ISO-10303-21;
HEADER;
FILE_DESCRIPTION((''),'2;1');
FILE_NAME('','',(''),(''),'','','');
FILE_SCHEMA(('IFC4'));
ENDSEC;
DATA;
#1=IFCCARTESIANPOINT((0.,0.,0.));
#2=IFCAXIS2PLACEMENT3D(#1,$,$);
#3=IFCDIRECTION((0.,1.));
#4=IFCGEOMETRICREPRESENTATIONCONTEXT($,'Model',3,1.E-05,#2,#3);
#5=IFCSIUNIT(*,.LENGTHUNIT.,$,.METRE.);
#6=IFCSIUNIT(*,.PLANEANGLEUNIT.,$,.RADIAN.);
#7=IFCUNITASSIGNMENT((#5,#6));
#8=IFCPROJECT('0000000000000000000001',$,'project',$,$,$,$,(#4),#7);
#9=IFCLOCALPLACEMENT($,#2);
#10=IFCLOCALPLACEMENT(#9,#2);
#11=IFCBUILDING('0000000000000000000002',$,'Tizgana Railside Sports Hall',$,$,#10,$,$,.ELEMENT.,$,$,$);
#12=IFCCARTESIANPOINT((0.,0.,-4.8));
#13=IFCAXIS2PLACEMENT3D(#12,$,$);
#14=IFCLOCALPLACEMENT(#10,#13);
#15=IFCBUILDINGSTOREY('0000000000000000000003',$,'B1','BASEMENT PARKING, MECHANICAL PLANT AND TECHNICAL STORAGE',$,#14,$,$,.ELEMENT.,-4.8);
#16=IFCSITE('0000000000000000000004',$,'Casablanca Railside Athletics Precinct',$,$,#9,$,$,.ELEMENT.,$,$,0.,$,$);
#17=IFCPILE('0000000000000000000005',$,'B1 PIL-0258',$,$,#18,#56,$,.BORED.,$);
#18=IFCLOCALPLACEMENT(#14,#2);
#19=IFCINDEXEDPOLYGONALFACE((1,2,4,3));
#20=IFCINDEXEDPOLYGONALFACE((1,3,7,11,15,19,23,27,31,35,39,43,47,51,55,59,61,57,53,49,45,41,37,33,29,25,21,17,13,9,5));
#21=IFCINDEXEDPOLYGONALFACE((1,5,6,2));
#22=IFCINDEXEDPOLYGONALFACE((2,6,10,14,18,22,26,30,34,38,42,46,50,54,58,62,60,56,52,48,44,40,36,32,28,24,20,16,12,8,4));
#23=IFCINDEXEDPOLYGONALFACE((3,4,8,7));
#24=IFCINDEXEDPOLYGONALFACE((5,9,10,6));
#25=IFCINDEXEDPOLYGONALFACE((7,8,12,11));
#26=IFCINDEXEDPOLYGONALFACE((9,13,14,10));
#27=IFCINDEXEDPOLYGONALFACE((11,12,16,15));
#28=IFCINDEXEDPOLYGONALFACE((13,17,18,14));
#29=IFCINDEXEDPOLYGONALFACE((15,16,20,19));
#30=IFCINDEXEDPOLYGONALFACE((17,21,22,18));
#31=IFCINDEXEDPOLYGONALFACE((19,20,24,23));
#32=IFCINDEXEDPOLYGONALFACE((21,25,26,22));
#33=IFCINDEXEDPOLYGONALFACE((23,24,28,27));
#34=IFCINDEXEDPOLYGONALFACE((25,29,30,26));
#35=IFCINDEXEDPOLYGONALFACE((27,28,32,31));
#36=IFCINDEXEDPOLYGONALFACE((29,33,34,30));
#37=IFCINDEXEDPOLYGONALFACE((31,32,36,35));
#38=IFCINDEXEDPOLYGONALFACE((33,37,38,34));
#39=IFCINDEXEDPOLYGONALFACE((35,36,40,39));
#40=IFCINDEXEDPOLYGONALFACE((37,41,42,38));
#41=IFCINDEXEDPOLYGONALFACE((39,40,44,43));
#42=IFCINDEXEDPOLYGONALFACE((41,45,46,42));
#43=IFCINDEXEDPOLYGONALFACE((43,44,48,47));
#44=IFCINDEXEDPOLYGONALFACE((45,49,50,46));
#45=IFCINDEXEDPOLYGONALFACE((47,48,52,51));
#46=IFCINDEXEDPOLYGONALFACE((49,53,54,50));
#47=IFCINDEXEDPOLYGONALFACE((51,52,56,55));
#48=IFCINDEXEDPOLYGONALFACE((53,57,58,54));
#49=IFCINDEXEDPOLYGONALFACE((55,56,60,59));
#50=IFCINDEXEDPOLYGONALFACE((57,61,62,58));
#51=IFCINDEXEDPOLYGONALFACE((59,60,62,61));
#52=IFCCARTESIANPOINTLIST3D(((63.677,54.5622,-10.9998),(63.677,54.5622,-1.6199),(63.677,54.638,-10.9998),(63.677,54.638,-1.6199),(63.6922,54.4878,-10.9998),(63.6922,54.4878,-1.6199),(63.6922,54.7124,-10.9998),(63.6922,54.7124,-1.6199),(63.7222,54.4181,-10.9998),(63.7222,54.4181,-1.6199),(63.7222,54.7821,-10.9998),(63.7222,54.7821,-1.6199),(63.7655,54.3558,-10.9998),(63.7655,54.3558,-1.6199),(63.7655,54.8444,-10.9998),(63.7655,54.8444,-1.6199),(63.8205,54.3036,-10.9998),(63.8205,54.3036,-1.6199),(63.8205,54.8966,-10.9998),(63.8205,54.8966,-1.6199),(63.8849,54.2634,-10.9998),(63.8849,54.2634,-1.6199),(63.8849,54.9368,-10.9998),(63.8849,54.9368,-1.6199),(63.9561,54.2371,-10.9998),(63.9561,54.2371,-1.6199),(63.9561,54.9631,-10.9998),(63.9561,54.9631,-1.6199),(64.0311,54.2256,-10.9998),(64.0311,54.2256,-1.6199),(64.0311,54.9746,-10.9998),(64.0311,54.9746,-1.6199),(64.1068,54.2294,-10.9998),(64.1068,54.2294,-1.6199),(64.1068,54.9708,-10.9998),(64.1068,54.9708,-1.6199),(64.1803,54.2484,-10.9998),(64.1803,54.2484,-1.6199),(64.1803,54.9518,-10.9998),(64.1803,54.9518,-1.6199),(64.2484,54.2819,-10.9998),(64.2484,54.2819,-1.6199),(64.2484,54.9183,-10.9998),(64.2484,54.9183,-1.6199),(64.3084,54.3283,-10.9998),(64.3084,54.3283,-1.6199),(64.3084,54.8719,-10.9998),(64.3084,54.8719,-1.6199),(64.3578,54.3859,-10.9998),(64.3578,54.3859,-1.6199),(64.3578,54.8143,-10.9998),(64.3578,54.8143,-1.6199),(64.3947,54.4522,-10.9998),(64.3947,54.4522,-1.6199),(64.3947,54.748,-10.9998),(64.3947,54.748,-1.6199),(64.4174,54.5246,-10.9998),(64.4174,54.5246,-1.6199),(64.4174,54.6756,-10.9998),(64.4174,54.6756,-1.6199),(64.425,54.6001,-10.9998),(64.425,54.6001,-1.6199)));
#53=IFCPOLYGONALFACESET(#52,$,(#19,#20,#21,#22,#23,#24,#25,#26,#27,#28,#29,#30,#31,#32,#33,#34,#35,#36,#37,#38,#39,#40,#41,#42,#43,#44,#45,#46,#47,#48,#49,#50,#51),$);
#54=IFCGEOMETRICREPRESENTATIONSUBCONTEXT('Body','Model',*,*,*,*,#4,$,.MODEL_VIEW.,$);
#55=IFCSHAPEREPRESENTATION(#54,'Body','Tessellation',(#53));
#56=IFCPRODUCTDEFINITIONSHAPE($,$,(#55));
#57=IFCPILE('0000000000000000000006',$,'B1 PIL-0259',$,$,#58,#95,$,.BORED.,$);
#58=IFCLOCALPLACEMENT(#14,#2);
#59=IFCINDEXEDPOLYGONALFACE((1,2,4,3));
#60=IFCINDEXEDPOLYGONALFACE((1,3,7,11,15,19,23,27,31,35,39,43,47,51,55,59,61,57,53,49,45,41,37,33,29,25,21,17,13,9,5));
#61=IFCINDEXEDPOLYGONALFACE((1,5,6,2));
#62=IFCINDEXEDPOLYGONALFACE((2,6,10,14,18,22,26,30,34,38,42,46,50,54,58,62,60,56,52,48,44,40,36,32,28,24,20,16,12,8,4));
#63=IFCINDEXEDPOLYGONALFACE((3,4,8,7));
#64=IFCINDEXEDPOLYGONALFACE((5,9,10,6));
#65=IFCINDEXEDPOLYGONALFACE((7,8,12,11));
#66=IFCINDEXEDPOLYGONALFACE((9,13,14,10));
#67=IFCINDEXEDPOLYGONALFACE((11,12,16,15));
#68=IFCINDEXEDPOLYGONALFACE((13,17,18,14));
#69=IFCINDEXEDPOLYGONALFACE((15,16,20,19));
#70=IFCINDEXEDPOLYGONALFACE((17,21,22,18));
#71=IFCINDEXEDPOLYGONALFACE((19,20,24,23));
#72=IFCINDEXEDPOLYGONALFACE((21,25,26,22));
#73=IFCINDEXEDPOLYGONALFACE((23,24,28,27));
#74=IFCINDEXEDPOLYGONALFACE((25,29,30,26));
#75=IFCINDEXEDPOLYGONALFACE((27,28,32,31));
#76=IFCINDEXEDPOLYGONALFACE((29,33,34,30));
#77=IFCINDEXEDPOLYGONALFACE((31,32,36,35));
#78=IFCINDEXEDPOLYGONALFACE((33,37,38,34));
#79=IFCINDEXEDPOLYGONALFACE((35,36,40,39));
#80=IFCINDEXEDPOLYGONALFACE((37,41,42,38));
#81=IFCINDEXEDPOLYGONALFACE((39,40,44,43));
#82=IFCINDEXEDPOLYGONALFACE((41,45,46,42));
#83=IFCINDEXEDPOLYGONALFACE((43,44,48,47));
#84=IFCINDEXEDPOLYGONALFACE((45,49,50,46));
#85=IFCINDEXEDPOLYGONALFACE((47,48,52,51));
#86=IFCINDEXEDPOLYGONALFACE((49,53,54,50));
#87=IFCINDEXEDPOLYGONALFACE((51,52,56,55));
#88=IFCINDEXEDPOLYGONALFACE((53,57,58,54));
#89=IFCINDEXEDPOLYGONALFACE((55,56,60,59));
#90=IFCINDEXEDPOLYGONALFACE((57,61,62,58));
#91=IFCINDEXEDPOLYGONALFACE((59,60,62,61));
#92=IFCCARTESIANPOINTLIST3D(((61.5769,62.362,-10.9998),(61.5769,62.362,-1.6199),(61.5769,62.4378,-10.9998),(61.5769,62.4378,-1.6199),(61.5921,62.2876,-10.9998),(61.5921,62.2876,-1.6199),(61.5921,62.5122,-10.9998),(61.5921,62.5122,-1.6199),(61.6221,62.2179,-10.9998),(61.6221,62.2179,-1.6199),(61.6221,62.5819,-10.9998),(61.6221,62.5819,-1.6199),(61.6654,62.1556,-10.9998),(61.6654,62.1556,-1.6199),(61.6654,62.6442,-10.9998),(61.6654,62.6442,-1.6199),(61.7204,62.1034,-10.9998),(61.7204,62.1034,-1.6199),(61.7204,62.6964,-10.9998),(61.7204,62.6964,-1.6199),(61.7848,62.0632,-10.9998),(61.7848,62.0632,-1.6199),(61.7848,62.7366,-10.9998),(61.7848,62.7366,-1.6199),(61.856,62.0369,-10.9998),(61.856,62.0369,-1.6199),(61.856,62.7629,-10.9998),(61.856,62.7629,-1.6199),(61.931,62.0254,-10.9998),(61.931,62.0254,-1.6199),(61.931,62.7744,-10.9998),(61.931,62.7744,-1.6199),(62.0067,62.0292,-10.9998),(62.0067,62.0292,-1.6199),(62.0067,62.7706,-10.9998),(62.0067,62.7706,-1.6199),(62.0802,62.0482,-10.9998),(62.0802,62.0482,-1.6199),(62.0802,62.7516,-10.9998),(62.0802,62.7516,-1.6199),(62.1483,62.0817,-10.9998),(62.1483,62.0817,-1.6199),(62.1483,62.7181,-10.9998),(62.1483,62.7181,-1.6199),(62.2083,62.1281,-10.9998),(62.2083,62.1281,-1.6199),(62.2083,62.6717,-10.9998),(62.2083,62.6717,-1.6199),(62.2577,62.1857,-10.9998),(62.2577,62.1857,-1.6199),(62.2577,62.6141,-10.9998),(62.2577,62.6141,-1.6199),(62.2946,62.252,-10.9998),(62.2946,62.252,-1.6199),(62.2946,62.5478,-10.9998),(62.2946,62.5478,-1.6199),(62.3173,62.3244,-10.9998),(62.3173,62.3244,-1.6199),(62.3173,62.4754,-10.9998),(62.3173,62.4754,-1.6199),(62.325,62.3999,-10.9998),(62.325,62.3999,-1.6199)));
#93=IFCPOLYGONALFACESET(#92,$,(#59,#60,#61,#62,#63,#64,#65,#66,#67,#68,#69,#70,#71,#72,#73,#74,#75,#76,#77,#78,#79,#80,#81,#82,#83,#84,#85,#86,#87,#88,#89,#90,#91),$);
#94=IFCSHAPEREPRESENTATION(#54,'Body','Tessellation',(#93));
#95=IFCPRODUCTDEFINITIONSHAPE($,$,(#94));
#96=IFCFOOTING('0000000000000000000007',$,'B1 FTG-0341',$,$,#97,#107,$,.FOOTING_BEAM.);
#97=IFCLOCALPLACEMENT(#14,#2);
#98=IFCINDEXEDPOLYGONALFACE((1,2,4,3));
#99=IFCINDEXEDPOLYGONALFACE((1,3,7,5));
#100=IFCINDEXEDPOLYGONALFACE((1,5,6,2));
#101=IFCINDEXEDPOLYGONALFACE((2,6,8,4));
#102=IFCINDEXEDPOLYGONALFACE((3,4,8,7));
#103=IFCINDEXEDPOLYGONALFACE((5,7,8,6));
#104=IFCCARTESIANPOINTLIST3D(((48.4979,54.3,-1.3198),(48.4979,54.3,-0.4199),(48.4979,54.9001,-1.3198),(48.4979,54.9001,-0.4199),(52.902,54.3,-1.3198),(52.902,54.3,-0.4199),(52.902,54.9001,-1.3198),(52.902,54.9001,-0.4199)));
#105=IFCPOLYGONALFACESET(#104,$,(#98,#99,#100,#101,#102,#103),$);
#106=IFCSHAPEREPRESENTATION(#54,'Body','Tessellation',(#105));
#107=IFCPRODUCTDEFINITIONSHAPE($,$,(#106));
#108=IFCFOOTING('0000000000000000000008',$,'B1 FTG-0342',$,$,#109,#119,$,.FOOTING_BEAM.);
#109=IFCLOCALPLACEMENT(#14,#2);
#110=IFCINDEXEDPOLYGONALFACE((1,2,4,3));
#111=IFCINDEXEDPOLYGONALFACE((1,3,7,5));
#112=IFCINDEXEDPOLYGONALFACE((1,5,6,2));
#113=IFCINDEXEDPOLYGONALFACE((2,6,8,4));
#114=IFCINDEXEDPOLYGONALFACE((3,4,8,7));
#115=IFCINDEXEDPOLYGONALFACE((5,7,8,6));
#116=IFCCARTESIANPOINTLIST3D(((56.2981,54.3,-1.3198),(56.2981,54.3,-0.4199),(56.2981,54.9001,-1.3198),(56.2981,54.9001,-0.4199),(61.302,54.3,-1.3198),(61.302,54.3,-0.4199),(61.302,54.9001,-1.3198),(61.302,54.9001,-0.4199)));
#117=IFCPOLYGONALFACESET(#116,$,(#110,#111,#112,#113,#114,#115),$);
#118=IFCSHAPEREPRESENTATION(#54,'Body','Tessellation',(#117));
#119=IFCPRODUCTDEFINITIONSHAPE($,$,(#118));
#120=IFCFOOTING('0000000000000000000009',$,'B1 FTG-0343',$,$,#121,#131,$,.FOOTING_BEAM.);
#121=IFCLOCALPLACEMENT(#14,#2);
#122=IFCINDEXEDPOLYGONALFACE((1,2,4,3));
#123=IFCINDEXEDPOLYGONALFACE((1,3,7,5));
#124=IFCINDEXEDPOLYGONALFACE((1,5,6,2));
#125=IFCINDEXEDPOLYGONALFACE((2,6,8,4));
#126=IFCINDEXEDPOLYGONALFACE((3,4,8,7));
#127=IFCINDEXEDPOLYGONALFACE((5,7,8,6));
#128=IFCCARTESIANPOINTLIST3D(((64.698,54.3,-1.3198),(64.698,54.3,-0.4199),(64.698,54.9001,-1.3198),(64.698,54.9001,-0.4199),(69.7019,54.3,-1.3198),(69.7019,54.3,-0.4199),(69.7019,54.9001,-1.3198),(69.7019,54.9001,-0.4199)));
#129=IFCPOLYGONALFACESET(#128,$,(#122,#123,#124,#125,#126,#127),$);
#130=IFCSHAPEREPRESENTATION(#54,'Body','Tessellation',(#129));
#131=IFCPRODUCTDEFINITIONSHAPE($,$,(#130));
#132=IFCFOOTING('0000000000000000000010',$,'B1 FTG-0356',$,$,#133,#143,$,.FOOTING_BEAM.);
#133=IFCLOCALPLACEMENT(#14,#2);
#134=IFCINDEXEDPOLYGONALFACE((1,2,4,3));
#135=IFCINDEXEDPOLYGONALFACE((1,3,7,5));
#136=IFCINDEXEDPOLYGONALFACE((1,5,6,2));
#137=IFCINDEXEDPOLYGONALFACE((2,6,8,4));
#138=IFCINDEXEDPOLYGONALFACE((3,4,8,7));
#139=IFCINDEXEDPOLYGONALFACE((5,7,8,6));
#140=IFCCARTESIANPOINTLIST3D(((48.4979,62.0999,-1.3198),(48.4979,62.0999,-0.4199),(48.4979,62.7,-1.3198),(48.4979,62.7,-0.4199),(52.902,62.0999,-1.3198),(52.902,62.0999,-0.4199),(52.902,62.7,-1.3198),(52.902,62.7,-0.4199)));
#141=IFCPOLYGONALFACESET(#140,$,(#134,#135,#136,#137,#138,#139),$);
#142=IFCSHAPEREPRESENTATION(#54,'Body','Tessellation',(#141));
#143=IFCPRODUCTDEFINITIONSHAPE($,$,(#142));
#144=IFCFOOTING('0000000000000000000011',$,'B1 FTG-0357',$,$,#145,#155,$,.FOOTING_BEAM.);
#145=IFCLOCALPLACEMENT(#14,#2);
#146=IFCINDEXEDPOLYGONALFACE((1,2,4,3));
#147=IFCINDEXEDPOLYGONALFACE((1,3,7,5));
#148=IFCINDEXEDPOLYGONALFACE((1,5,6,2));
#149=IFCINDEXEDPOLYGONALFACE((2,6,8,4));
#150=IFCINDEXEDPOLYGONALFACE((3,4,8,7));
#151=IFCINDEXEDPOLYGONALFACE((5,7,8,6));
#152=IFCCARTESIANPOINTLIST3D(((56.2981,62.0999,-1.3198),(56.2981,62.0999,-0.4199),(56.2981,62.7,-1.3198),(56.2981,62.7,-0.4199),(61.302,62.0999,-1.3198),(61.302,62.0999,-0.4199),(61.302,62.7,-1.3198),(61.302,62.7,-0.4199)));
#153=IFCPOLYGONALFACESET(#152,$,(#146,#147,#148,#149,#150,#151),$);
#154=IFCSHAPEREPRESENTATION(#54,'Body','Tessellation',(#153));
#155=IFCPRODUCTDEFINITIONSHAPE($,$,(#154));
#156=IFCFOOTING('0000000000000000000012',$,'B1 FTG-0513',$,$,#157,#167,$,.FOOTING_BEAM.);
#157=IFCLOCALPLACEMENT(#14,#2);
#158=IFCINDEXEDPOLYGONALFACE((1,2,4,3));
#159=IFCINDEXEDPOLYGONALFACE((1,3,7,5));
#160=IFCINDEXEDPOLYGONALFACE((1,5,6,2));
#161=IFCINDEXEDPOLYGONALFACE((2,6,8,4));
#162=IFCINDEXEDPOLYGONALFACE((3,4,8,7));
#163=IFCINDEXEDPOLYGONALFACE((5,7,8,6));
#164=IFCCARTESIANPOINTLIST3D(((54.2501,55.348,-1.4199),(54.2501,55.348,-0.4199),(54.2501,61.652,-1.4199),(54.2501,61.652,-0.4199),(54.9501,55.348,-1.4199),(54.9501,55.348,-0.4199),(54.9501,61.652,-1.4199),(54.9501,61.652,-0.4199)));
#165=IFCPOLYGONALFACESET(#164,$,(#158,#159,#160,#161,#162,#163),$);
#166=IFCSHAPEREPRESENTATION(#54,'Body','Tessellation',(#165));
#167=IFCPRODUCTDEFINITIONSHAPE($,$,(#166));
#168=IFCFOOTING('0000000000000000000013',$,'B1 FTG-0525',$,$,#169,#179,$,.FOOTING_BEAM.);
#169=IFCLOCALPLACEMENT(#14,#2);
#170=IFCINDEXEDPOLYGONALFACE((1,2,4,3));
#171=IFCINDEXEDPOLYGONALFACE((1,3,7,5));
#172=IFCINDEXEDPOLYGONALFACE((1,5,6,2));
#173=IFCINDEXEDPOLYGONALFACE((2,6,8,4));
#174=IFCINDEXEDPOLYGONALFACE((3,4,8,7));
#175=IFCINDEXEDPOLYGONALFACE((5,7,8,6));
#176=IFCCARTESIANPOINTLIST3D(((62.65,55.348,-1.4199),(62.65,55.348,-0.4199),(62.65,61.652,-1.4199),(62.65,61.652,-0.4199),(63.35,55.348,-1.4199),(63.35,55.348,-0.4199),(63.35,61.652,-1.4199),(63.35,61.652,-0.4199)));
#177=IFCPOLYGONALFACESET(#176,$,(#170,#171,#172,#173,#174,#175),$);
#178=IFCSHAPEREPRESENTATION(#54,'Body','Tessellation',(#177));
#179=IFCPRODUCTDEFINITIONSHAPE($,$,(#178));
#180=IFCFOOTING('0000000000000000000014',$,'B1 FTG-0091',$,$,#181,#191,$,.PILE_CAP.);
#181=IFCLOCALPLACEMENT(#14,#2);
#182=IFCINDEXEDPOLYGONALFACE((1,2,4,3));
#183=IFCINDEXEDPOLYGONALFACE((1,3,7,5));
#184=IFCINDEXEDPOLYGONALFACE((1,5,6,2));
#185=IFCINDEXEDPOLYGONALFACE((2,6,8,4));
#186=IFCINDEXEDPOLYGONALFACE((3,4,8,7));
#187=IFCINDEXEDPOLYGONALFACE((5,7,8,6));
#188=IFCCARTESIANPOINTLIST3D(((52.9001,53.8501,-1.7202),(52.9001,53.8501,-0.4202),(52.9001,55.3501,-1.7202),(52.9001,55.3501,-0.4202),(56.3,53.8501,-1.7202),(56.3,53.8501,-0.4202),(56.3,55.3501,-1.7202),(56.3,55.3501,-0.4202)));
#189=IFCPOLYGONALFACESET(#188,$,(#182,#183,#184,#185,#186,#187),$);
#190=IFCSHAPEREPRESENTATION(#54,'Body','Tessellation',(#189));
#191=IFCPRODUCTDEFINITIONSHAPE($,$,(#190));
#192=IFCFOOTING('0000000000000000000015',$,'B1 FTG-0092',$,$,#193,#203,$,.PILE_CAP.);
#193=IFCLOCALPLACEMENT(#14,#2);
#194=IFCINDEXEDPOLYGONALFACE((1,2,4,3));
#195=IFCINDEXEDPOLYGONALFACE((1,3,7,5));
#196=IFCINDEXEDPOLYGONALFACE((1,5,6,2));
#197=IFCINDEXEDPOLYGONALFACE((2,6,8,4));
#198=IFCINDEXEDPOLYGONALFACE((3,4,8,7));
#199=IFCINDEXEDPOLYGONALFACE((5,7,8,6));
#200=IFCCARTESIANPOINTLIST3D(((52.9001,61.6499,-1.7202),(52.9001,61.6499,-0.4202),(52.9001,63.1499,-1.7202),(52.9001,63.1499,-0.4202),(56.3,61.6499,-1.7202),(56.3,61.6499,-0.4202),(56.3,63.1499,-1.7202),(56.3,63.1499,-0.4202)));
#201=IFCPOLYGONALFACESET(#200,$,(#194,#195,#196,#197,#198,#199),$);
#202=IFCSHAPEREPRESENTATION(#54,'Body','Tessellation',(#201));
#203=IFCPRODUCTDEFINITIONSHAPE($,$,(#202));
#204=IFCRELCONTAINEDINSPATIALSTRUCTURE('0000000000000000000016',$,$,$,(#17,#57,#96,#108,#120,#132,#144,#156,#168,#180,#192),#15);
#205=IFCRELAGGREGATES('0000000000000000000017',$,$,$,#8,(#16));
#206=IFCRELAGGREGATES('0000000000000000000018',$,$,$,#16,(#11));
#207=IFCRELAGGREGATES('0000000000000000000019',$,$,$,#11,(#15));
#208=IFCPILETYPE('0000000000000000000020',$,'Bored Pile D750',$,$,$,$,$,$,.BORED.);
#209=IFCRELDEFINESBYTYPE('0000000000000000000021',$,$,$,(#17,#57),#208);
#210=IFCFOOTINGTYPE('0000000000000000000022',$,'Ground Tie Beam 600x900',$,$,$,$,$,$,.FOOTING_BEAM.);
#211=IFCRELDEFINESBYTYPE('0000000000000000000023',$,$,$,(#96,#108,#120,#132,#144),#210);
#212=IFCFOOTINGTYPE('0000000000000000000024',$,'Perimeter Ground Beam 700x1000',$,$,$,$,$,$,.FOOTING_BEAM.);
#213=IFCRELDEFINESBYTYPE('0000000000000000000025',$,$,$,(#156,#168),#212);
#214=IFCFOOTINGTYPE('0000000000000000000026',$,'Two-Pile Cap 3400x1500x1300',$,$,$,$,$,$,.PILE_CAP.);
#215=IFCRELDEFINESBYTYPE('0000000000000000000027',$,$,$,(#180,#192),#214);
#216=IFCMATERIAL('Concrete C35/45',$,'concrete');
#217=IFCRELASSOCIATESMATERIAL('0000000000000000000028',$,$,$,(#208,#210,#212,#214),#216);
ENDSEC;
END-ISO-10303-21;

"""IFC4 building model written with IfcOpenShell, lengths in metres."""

from ifc_helpers import new_model, si_unit, direction, frame, origin, origin_2d, place, context, subcontext, project, spatial, rectangle, circle, extrude, material, material_profile, profile_set, type_object, element, save


model = new_model("IFC4")

# Units and contexts
model_context = context("Model", 3, precision=1e-05, world=origin(), true_north=direction((0.0, 1.0)))
body_context = subcontext(model_context, "Body", "Model", "MODEL_VIEW")
ifc_project = project(units=[si_unit("LENGTHUNIT", "METRE"), si_unit("PLANEANGLEUNIT", "RADIAN")], contexts=[model_context])

# Site, building, storey
site_placement = place(None, origin())
site = spatial("IfcSite", under=ifc_project, at=site_placement, Name="Casablanca Railside Athletics Precinct", CompositionType="ELEMENT", RefElevation=0.0)
building_placement = place(site_placement, origin())
building = spatial("IfcBuilding", under=site, at=building_placement, Name="Tizgana Railside Sports Hall", CompositionType="ELEMENT")
storey_placement = place(building_placement, frame((0.0, 0.0, -4.8)))
storey = spatial("IfcBuildingStorey", under=building, at=storey_placement, Name="B1", Description="BASEMENT PARKING, MECHANICAL PLANT AND TECHNICAL STORAGE", CompositionType="ELEMENT", Elevation=-4.8)

# Piles
ifc_material_1 = material(Name="Concrete C35/45", Category="concrete")
ifc_material_profile_1 = material_profile(ifc_material_1, circle(Radius=0.375, at=origin_2d()), Name="PILE D750")
ifc_profile_set_1 = profile_set([ifc_material_profile_1], Name="Concrete C35/45")
pile_type = type_object("IfcPileType", Name="Bored Pile D750", PredefinedType="BORED", material=ifc_profile_set_1)
for number, where, z_axis, x_axis, name in (
    (1, (64.05, 54.6001, -1.6199), (0.0, 0.0, -1.0), (1.0, 0.0, 0.0), "B1 PIL-0258"),
    (2, (61.95, 62.3999, -1.6199), (0.0, 0.0, -1.0), (1.0, 0.0, 0.0), "B1 PIL-0259"),
):
    element("IfcPile", number, at=place(storey_placement, frame(where, z_axis=z_axis, x_axis=x_axis)), inside=storey, type_object=pile_type, Name=name, PredefinedType="BORED", context=body_context, shape_type="SweptSolid", body=[
        extrude(circle(Radius=0.375, at=origin_2d()), origin(), (0.0, 0.0, 1.0), 9.3799),
    ])

# Footings
footing_type_1 = type_object("IfcFootingType", Name="Ground Tie Beam 600x900", PredefinedType="FOOTING_BEAM", material=ifc_material_1)
footing_1_placement = place(storey_placement, frame((50.7, 54.6001, -1.3198), z_axis=(0.0, 0.0, 1.0), x_axis=(1.0, 0.0, 0.0)))
element("IfcFooting", 3, at=footing_1_placement, inside=storey, type_object=footing_type_1, Name="B1 FTG-0341", PredefinedType="FOOTING_BEAM", context=body_context, shape_type="SweptSolid", body=[
    extrude(rectangle(XDim=4.4041, YDim=0.6001, at=origin_2d()), origin(), (0.0, 0.0, 1.0), 0.8999),
])
for number, where, z_axis, x_axis, name in (
    (4, (58.8, 54.6001, -1.3198), (0.0, 0.0, 1.0), (1.0, 0.0, 0.0), "B1 FTG-0342"),
    (5, (67.2, 54.6001, -1.3198), (0.0, 0.0, 1.0), (1.0, 0.0, 0.0), "B1 FTG-0343"),
):
    element("IfcFooting", number, at=place(storey_placement, frame(where, z_axis=z_axis, x_axis=x_axis)), inside=storey, type_object=footing_type_1, Name=name, PredefinedType="FOOTING_BEAM", context=body_context, shape_type="SweptSolid", body=[
        extrude(rectangle(XDim=5.0039, YDim=0.6001, at=origin_2d()), origin(), (0.0, 0.0, 1.0), 0.8999),
    ])
footing_2_placement = place(storey_placement, frame((50.7, 62.3999, -1.3198), z_axis=(0.0, 0.0, 1.0), x_axis=(1.0, 0.0, 0.0)))
element("IfcFooting", 6, at=footing_2_placement, inside=storey, type_object=footing_type_1, Name="B1 FTG-0356", PredefinedType="FOOTING_BEAM", context=body_context, shape_type="SweptSolid", body=[
    extrude(rectangle(XDim=4.4041, YDim=0.6001, at=origin_2d()), origin(), (0.0, 0.0, 1.0), 0.8999),
])
footing_3_placement = place(storey_placement, frame((58.8, 62.3999, -1.3198), z_axis=(0.0, 0.0, 1.0), x_axis=(1.0, 0.0, 0.0)))
element("IfcFooting", 7, at=footing_3_placement, inside=storey, type_object=footing_type_1, Name="B1 FTG-0357", PredefinedType="FOOTING_BEAM", context=body_context, shape_type="SweptSolid", body=[
    extrude(rectangle(XDim=5.0039, YDim=0.6001, at=origin_2d()), origin(), (0.0, 0.0, 1.0), 0.8999),
])
footing_type_2 = type_object("IfcFootingType", Name="Perimeter Ground Beam 700x1000", PredefinedType="FOOTING_BEAM", material=ifc_material_1)
for number, where, z_axis, x_axis, name in (
    (8, (54.6001, 58.5, -1.4199), (0.0, 0.0, 1.0), (0.0, 1.0, 0.0), "B1 FTG-0513"),
    (9, (63.0, 58.5, -1.4199), (0.0, 0.0, 1.0), (0.0, 1.0, 0.0), "B1 FTG-0525"),
):
    element("IfcFooting", number, at=place(storey_placement, frame(where, z_axis=z_axis, x_axis=x_axis)), inside=storey, type_object=footing_type_2, Name=name, PredefinedType="FOOTING_BEAM", context=body_context, shape_type="SweptSolid", body=[
        extrude(rectangle(XDim=6.304, YDim=0.7, at=origin_2d()), origin(), (0.0, 0.0, 1.0), 1.0),
    ])
footing_type_3 = type_object("IfcFootingType", Name="Two-Pile Cap 3400x1500x1300", PredefinedType="PILE_CAP", material=ifc_material_1)
for number, where, z_axis, x_axis, name in (
    (10, (54.6001, 54.6001, -1.7202), (0.0, 0.0, 1.0), (1.0, 0.0, 0.0), "B1 FTG-0091"),
    (11, (54.6001, 62.3999, -1.7202), (0.0, 0.0, 1.0), (1.0, 0.0, 0.0), "B1 FTG-0092"),
):
    element("IfcFooting", number, at=place(storey_placement, frame(where, z_axis=z_axis, x_axis=x_axis)), inside=storey, type_object=footing_type_3, Name=name, PredefinedType="PILE_CAP", context=body_context, shape_type="SweptSolid", body=[
        extrude(rectangle(XDim=3.3999, YDim=1.5, at=origin_2d()), origin(), (0.0, 0.0, 1.0), 1.3),
    ])

save(model, "model.ifc")
